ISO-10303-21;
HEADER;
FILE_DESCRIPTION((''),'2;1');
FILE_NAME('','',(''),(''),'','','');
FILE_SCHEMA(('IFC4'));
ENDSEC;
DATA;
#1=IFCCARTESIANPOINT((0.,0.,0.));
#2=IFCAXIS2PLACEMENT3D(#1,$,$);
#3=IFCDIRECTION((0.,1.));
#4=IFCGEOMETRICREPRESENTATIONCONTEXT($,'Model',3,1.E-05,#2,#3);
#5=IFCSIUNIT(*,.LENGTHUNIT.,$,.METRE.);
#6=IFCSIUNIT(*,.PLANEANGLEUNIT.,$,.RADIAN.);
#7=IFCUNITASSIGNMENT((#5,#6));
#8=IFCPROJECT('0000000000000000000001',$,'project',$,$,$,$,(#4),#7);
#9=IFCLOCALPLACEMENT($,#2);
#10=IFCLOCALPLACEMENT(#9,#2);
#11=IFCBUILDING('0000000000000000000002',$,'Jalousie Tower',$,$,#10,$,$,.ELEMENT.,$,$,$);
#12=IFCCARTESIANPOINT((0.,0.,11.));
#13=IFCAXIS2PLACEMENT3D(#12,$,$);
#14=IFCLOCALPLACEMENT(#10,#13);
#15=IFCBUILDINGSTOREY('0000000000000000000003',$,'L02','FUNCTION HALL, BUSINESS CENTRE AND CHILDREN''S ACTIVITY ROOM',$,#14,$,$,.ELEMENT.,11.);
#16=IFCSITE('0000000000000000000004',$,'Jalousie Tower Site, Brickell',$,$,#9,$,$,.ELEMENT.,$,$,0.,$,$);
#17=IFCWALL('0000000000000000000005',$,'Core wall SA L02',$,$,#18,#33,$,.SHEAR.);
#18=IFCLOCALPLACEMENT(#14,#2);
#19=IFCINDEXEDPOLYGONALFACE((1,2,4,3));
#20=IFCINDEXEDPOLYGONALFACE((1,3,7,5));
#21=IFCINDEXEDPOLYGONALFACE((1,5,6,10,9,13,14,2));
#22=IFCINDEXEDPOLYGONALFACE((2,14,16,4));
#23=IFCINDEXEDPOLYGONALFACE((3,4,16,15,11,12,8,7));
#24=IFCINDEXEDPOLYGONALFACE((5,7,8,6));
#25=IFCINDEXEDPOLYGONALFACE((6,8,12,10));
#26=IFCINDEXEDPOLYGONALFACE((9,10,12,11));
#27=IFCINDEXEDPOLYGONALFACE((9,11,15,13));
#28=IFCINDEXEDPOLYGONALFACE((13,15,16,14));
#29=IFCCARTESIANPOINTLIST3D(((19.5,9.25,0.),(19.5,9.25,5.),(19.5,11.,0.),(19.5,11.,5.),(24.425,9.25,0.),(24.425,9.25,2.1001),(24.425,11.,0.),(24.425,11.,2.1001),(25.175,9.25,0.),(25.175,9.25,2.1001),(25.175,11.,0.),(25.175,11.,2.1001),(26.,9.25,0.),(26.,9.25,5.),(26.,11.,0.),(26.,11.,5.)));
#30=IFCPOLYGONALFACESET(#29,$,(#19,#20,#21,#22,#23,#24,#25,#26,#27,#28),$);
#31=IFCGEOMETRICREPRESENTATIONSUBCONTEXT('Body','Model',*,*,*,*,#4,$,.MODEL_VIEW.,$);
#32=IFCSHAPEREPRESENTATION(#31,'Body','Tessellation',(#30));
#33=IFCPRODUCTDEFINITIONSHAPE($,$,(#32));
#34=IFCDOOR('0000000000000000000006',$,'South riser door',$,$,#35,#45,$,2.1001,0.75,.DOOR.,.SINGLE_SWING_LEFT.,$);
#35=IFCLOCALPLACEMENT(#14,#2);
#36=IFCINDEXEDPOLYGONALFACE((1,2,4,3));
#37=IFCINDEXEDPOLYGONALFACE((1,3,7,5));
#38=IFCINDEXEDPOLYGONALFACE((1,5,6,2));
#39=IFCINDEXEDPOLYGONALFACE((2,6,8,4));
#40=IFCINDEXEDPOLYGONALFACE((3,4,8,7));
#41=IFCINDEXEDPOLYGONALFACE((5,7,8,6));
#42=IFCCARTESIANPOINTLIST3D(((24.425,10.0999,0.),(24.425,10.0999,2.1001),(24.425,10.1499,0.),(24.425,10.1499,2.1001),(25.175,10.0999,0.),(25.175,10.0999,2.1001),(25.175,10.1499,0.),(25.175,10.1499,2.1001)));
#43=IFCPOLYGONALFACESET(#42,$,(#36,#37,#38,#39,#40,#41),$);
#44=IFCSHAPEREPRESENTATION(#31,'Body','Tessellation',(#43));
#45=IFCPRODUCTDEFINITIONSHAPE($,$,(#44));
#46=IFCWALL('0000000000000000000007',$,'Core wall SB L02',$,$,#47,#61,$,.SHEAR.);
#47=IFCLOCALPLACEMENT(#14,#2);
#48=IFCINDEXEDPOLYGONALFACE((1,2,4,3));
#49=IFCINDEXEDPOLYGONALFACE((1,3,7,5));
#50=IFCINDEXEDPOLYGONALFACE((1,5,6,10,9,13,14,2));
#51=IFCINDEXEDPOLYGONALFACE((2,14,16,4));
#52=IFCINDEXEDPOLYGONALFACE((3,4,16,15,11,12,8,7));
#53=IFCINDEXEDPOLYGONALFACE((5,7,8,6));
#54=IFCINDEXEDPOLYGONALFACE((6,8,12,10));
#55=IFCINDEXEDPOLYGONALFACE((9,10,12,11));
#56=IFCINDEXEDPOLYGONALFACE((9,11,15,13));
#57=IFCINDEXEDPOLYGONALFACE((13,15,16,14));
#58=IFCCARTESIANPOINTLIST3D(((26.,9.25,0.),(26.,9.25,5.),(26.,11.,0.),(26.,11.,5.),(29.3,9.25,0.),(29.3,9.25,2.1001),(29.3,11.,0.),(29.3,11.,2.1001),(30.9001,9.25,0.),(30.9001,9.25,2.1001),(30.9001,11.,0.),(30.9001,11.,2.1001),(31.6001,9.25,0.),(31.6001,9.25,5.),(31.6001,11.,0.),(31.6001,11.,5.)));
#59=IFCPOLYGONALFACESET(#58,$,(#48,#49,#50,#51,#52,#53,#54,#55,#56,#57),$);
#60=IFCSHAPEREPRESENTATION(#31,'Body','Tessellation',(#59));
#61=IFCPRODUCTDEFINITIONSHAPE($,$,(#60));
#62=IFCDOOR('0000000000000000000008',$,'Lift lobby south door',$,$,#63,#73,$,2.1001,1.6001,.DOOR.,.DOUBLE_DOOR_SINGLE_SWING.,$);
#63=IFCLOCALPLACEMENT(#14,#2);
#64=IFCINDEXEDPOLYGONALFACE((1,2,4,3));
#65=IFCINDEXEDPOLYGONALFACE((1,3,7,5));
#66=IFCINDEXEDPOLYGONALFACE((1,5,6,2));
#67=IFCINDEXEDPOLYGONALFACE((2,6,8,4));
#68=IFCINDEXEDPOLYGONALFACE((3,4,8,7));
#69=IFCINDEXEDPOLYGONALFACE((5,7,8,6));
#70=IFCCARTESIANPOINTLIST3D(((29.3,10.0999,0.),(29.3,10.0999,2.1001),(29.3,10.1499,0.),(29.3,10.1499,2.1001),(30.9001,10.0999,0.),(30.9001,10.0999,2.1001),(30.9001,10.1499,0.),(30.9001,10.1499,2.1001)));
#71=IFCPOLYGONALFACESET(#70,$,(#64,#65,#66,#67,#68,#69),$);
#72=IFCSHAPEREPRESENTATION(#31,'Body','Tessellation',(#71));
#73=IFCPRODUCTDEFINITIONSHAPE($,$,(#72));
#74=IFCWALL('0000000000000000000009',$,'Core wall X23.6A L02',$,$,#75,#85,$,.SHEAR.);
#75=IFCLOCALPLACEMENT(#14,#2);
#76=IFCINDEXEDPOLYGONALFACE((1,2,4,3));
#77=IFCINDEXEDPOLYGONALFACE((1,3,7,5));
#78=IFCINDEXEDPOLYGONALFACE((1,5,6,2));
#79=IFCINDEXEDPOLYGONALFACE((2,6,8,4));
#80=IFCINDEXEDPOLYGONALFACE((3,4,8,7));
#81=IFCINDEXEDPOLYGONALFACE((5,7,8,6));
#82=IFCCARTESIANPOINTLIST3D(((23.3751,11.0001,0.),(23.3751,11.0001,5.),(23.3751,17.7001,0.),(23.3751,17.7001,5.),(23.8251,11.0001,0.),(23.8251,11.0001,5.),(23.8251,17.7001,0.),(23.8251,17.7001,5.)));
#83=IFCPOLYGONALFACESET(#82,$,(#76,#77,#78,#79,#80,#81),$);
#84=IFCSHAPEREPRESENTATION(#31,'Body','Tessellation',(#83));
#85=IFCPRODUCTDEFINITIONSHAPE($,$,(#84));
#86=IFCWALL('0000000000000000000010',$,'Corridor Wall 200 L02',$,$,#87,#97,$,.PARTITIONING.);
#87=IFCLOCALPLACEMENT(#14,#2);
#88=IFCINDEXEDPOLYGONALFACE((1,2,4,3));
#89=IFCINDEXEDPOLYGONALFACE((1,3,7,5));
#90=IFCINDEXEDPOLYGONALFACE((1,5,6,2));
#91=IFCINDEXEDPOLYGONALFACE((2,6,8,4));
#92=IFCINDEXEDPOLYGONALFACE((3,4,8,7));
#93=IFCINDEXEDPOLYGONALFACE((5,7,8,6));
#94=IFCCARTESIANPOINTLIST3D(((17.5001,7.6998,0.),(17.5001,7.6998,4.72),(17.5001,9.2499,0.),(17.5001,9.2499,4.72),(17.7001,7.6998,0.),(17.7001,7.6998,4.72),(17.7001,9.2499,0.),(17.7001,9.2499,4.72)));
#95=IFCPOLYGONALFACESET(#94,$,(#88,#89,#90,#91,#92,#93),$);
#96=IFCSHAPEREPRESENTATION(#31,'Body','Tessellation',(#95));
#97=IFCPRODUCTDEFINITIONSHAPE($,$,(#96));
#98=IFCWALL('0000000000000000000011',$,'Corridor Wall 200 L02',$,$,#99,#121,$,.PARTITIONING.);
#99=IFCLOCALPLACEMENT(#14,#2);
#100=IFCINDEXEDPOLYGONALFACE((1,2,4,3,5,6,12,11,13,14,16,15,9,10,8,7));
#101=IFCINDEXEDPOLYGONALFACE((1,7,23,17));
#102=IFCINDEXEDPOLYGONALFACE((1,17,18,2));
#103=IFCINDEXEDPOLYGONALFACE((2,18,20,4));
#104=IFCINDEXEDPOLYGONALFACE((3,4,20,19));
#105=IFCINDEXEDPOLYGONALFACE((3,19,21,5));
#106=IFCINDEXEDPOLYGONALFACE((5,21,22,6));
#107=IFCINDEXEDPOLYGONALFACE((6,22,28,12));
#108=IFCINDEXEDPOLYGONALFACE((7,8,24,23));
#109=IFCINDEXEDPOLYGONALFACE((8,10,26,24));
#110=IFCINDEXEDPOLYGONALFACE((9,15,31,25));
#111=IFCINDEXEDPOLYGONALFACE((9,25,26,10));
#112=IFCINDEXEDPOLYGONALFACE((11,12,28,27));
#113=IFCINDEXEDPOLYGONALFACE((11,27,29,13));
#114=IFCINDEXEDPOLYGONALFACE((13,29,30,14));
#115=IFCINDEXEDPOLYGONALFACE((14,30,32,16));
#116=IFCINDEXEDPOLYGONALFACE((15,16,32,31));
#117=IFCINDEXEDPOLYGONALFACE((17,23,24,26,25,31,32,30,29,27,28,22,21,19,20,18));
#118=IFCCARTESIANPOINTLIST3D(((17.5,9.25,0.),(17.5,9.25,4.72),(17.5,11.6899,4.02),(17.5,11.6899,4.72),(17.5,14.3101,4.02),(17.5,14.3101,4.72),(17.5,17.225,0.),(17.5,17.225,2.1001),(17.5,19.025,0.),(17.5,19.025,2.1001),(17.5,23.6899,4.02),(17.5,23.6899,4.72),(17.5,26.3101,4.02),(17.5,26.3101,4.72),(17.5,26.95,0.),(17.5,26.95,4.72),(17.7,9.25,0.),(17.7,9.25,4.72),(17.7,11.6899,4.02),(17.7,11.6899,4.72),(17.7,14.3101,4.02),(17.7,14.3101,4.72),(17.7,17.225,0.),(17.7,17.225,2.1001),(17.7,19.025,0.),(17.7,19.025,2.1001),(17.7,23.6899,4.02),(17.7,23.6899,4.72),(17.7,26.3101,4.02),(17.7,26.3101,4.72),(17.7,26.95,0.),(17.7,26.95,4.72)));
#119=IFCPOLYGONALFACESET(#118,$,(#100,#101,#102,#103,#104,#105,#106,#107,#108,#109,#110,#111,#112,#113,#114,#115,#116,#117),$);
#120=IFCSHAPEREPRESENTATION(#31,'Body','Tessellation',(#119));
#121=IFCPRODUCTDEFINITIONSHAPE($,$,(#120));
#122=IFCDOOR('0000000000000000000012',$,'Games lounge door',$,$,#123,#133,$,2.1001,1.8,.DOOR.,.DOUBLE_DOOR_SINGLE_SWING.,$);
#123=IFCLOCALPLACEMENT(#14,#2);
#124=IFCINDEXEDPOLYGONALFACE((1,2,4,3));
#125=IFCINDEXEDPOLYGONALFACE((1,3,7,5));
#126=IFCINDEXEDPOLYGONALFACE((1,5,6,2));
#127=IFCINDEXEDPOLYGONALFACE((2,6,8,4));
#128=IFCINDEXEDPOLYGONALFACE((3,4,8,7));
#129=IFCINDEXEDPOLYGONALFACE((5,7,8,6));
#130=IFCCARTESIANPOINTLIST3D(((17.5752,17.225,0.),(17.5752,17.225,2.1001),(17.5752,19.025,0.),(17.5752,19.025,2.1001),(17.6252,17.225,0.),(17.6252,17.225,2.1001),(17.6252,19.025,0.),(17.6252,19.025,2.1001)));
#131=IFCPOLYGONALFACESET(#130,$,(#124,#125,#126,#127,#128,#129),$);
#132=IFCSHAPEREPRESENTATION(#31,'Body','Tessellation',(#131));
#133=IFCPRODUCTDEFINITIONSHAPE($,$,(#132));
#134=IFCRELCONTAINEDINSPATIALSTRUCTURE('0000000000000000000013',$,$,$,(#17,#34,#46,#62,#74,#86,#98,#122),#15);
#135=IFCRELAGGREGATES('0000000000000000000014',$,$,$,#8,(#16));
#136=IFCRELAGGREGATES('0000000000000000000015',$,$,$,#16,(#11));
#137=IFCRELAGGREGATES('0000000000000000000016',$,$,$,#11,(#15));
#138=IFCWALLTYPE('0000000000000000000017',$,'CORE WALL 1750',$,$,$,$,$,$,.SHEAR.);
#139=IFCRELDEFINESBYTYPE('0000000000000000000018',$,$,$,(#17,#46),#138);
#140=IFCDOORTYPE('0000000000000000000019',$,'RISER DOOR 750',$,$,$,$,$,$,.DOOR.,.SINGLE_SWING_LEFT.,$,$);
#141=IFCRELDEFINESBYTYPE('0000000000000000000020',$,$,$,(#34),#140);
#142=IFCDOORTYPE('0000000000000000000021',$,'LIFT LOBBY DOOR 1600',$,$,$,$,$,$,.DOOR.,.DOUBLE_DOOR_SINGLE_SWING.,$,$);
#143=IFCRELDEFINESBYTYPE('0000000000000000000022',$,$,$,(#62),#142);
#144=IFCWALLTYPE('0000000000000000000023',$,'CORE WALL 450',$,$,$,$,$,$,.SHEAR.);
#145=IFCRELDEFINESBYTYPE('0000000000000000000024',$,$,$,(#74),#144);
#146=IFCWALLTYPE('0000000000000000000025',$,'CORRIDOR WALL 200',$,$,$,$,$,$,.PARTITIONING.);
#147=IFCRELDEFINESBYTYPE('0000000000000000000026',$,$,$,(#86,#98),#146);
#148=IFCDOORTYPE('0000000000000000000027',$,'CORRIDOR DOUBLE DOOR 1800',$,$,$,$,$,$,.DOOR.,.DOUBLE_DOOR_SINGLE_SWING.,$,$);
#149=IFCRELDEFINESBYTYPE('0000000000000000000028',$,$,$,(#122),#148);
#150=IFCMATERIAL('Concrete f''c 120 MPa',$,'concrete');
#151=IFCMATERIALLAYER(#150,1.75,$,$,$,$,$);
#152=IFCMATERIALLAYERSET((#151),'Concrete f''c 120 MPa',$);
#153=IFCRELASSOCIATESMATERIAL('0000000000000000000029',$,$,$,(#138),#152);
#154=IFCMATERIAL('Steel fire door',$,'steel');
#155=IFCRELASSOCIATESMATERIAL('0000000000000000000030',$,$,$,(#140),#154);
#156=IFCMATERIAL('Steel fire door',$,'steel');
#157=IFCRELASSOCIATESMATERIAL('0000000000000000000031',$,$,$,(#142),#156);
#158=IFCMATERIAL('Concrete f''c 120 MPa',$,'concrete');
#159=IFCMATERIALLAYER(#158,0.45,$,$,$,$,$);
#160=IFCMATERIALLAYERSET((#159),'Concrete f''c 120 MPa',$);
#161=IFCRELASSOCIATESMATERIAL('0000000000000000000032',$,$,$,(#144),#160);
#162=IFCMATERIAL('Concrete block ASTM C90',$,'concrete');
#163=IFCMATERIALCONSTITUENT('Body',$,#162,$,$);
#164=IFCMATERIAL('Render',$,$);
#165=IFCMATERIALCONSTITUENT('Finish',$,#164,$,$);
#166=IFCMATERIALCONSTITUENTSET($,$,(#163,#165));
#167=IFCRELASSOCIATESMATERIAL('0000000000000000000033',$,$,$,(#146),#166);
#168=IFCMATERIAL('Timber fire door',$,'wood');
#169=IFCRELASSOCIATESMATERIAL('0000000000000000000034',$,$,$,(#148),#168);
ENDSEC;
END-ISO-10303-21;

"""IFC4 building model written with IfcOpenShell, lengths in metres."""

from ifc_helpers import new_model, si_unit, direction, frame, frame_2d, origin, place, context, subcontext, project, spatial, polyline, rectangle, outline, extrude, material, layer, layer_set, constituent, constituent_set, type_object, element, fill, save


model = new_model("IFC4")

# Units and contexts
model_context = context("Model", 3, precision=1e-05, world=origin(), true_north=direction((0.0, 1.0)))
body_context = subcontext(model_context, "Body", "Model", "MODEL_VIEW")
ifc_project = project(units=[si_unit("LENGTHUNIT", "METRE"), si_unit("PLANEANGLEUNIT", "RADIAN")], contexts=[model_context])

# Site, building, storey
site_placement = place(None, origin())
site = spatial("IfcSite", under=ifc_project, at=site_placement, Name="Jalousie Tower Site, Brickell", CompositionType="ELEMENT", RefElevation=0.0)
building_placement = place(site_placement, origin())
building = spatial("IfcBuilding", under=site, at=building_placement, Name="Jalousie Tower", CompositionType="ELEMENT")
storey_placement = place(building_placement, frame((0.0, 0.0, 11.0)))
storey = spatial("IfcBuildingStorey", under=building, at=storey_placement, Name="L02", Description="FUNCTION HALL, BUSINESS CENTRE AND CHILDREN'S ACTIVITY ROOM", CompositionType="ELEMENT", Elevation=11.0)

# Walls, openings, doors
ifc_material_1 = material(Name="Concrete f'c 120 MPa", Category="concrete")
ifc_layer_1 = layer(ifc_material_1, 1.75)
ifc_layer_set_1 = layer_set([ifc_layer_1], Name="Concrete f'c 120 MPa")
wall_type_1 = type_object("IfcWallType", Name="CORE WALL 1750", PredefinedType="SHEAR", material=ifc_layer_set_1)
wall_1_placement = place(storey_placement, frame((19.5, 10.125, 0.0), z_axis=(0.0, 0.0, 1.0), x_axis=(1.0, 0.0, 0.0)))
wall_1 = element("IfcWall", 1, at=wall_1_placement, inside=storey, type_object=wall_type_1, Name="Core wall SA L02", PredefinedType="SHEAR", context=body_context, shape_type="SweptSolid", body=[
    extrude(rectangle(XDim=6.5, YDim=1.75, at=frame_2d((3.25, 0.0))), origin(), (0.0, 0.0, 1.0), 5.0),
])
opening_1_placement = place(wall_1_placement, frame((4.925, 0.0, 0.0)))
opening_1 = element("IfcOpeningElement", 2, at=opening_1_placement, cuts=wall_1, PredefinedType="OPENING", context=body_context, shape_type="SweptSolid", body=[
    extrude(rectangle(XDim=0.75, YDim=2.1001, at=frame_2d((0.375, 1.05))), frame((0.0, 0.885, 0.0), z_axis=(0.0, -1.0, 0.0), x_axis=(1.0, 0.0, 0.0)), (0.0, 0.0, 1.0), 1.77),
])
ifc_material_2 = material(Name="Steel fire door", Category="steel")
door_type_1 = type_object("IfcDoorType", Name="RISER DOOR 750", OperationType="SINGLE_SWING_LEFT", PredefinedType="DOOR", material=ifc_material_2)
door_1_placement = place(opening_1_placement, origin())
door_1 = element("IfcDoor", 3, at=door_1_placement, inside=storey, type_object=door_type_1, Name="South riser door", OperationType="SINGLE_SWING_LEFT", OverallHeight=2.1001, OverallWidth=0.75, PredefinedType="DOOR", context=body_context, shape_type="SweptSolid", body=[
    extrude(rectangle(XDim=0.75, YDim=2.1001, at=frame_2d((0.375, 1.05))), frame((0.0, 0.0249, 0.0), z_axis=(0.0, -1.0, 0.0), x_axis=(1.0, 0.0, 0.0)), (0.0, 0.0, 1.0), 0.05),
])
fill(opening_1, door_1)
wall_2_placement = place(storey_placement, frame((26.0, 10.125, 0.0), z_axis=(0.0, 0.0, 1.0), x_axis=(1.0, 0.0, 0.0)))
wall_2 = element("IfcWall", 4, at=wall_2_placement, inside=storey, type_object=wall_type_1, Name="Core wall SB L02", PredefinedType="SHEAR", context=body_context, shape_type="SweptSolid", body=[
    extrude(rectangle(XDim=5.6001, YDim=1.75, at=frame_2d((2.8, 0.0))), origin(), (0.0, 0.0, 1.0), 5.0),
])
opening_2_placement = place(wall_2_placement, frame((3.3, 0.0, 0.0)))
opening_2 = element("IfcOpeningElement", 5, at=opening_2_placement, cuts=wall_2, PredefinedType="OPENING", context=body_context, shape_type="SweptSolid", body=[
    extrude(rectangle(XDim=1.6001, YDim=2.1001, at=frame_2d((0.8, 1.05))), frame((0.0, 0.885, 0.0), z_axis=(0.0, -1.0, 0.0), x_axis=(1.0, 0.0, 0.0)), (0.0, 0.0, 1.0), 1.77),
])
ifc_material_3 = material(Name="Steel fire door", Category="steel")
door_type_2 = type_object("IfcDoorType", Name="LIFT LOBBY DOOR 1600", OperationType="DOUBLE_DOOR_SINGLE_SWING", PredefinedType="DOOR", material=ifc_material_3)
door_2_placement = place(opening_2_placement, origin())
door_2 = element("IfcDoor", 6, at=door_2_placement, inside=storey, type_object=door_type_2, Name="Lift lobby south door", OperationType="DOUBLE_DOOR_SINGLE_SWING", OverallHeight=2.1001, OverallWidth=1.6001, PredefinedType="DOOR", context=body_context, shape_type="SweptSolid", body=[
    extrude(rectangle(XDim=1.6001, YDim=2.1001, at=frame_2d((0.8, 1.05))), frame((0.0, 0.0249, 0.0), z_axis=(0.0, -1.0, 0.0), x_axis=(1.0, 0.0, 0.0)), (0.0, 0.0, 1.0), 0.05),
])
fill(opening_2, door_2)

# Walls
ifc_material_4 = material(Name="Concrete f'c 120 MPa", Category="concrete")
ifc_layer_2 = layer(ifc_material_4, 0.45)
ifc_layer_set_2 = layer_set([ifc_layer_2], Name="Concrete f'c 120 MPa")
wall_type_2 = type_object("IfcWallType", Name="CORE WALL 450", PredefinedType="SHEAR", material=ifc_layer_set_2)
wall_3_placement = place(storey_placement, frame((23.6001, 11.0, 0.0), z_axis=(0.0, 0.0, 1.0), x_axis=(0.0, 1.0, 0.0)))
element("IfcWall", 7, at=wall_3_placement, inside=storey, type_object=wall_type_2, Name="Core wall X23.6A L02", PredefinedType="SHEAR", context=body_context, shape_type="SweptSolid", body=[
    extrude(rectangle(XDim=6.7, YDim=0.45, at=frame_2d((3.3501, 0.0))), origin(), (0.0, 0.0, 1.0), 5.0),
])
ifc_material_5 = material(Name="Concrete block ASTM C90", Category="concrete")
ifc_constituent_1 = constituent(ifc_material_5, Name="Body")
ifc_material_6 = material(Name="Render")
ifc_constituent_2 = constituent(ifc_material_6, Name="Finish")
ifc_constituent_set = constituent_set(constituents=[ifc_constituent_1, ifc_constituent_2])
wall_type_3 = type_object("IfcWallType", Name="CORRIDOR WALL 200", PredefinedType="PARTITIONING", material=ifc_constituent_set)
wall_4_placement = place(storey_placement, frame((17.6001, 7.7, 0.0), z_axis=(0.0, 0.0, 1.0), x_axis=(0.0, 1.0, 0.0)))
element("IfcWall", 8, at=wall_4_placement, inside=storey, type_object=wall_type_3, Name="Corridor Wall 200 L02", PredefinedType="PARTITIONING", context=body_context, shape_type="SweptSolid", body=[
    extrude(rectangle(XDim=1.55, YDim=0.2, at=frame_2d((0.7749, 0.0))), origin(), (0.0, 0.0, 1.0), 4.72),
])

# Wall, opening, door
wall_5_placement = place(storey_placement, frame((17.6001, 9.25, 0.0), z_axis=(0.0, 0.0, 1.0), x_axis=(0.0, 1.0, 0.0)))
wall_5 = element("IfcWall", 9, at=wall_5_placement, inside=storey, type_object=wall_type_3, Name="Corridor Wall 200 L02", PredefinedType="PARTITIONING", context=body_context, shape_type="SweptSolid", body=[
    extrude(outline(polyline([(0.0, 0.0), (17.7, 0.0), (17.7, 4.72), (17.0601, 4.72), (17.0601, 4.02), (14.4399, 4.02), (14.4399, 4.72), (5.0601, 4.72), (5.0601, 4.02), (2.4399, 4.02), (2.4399, 4.72), (0.0, 4.72), (0.0, 0.0)])), frame((0.0, 0.1001, 0.0), z_axis=(0.0, -1.0, 0.0), x_axis=(1.0, 0.0, 0.0)), (0.0, 0.0, 1.0), 0.2),
])
opening_3_placement = place(wall_5_placement, frame((7.9751, 0.0, 0.0)))
opening_3 = element("IfcOpeningElement", 10, at=opening_3_placement, cuts=wall_5, PredefinedType="OPENING", context=body_context, shape_type="SweptSolid", body=[
    extrude(rectangle(XDim=1.8, YDim=2.1001, at=frame_2d((0.8999, 1.05))), frame((0.0, 0.1099, 0.0), z_axis=(0.0, -1.0, 0.0), x_axis=(1.0, 0.0, 0.0)), (0.0, 0.0, 1.0), 0.22),
])
ifc_material_7 = material(Name="Timber fire door", Category="wood")
door_type_3 = type_object("IfcDoorType", Name="CORRIDOR DOUBLE DOOR 1800", OperationType="DOUBLE_DOOR_SINGLE_SWING", PredefinedType="DOOR", material=ifc_material_7)
door_3_placement = place(opening_3_placement, origin())
door_3 = element("IfcDoor", 11, at=door_3_placement, inside=storey, type_object=door_type_3, Name="Games lounge door", OperationType="DOUBLE_DOOR_SINGLE_SWING", OverallHeight=2.1001, OverallWidth=1.8, PredefinedType="DOOR", context=body_context, shape_type="SweptSolid", body=[
    extrude(rectangle(XDim=1.8, YDim=2.1001, at=frame_2d((0.8999, 1.05))), frame((0.0, 0.0249, 0.0), z_axis=(0.0, -1.0, 0.0), x_axis=(1.0, 0.0, 0.0)), (0.0, 0.0, 1.0), 0.05),
])
fill(opening_3, door_3)

save(model, "model.ifc")
